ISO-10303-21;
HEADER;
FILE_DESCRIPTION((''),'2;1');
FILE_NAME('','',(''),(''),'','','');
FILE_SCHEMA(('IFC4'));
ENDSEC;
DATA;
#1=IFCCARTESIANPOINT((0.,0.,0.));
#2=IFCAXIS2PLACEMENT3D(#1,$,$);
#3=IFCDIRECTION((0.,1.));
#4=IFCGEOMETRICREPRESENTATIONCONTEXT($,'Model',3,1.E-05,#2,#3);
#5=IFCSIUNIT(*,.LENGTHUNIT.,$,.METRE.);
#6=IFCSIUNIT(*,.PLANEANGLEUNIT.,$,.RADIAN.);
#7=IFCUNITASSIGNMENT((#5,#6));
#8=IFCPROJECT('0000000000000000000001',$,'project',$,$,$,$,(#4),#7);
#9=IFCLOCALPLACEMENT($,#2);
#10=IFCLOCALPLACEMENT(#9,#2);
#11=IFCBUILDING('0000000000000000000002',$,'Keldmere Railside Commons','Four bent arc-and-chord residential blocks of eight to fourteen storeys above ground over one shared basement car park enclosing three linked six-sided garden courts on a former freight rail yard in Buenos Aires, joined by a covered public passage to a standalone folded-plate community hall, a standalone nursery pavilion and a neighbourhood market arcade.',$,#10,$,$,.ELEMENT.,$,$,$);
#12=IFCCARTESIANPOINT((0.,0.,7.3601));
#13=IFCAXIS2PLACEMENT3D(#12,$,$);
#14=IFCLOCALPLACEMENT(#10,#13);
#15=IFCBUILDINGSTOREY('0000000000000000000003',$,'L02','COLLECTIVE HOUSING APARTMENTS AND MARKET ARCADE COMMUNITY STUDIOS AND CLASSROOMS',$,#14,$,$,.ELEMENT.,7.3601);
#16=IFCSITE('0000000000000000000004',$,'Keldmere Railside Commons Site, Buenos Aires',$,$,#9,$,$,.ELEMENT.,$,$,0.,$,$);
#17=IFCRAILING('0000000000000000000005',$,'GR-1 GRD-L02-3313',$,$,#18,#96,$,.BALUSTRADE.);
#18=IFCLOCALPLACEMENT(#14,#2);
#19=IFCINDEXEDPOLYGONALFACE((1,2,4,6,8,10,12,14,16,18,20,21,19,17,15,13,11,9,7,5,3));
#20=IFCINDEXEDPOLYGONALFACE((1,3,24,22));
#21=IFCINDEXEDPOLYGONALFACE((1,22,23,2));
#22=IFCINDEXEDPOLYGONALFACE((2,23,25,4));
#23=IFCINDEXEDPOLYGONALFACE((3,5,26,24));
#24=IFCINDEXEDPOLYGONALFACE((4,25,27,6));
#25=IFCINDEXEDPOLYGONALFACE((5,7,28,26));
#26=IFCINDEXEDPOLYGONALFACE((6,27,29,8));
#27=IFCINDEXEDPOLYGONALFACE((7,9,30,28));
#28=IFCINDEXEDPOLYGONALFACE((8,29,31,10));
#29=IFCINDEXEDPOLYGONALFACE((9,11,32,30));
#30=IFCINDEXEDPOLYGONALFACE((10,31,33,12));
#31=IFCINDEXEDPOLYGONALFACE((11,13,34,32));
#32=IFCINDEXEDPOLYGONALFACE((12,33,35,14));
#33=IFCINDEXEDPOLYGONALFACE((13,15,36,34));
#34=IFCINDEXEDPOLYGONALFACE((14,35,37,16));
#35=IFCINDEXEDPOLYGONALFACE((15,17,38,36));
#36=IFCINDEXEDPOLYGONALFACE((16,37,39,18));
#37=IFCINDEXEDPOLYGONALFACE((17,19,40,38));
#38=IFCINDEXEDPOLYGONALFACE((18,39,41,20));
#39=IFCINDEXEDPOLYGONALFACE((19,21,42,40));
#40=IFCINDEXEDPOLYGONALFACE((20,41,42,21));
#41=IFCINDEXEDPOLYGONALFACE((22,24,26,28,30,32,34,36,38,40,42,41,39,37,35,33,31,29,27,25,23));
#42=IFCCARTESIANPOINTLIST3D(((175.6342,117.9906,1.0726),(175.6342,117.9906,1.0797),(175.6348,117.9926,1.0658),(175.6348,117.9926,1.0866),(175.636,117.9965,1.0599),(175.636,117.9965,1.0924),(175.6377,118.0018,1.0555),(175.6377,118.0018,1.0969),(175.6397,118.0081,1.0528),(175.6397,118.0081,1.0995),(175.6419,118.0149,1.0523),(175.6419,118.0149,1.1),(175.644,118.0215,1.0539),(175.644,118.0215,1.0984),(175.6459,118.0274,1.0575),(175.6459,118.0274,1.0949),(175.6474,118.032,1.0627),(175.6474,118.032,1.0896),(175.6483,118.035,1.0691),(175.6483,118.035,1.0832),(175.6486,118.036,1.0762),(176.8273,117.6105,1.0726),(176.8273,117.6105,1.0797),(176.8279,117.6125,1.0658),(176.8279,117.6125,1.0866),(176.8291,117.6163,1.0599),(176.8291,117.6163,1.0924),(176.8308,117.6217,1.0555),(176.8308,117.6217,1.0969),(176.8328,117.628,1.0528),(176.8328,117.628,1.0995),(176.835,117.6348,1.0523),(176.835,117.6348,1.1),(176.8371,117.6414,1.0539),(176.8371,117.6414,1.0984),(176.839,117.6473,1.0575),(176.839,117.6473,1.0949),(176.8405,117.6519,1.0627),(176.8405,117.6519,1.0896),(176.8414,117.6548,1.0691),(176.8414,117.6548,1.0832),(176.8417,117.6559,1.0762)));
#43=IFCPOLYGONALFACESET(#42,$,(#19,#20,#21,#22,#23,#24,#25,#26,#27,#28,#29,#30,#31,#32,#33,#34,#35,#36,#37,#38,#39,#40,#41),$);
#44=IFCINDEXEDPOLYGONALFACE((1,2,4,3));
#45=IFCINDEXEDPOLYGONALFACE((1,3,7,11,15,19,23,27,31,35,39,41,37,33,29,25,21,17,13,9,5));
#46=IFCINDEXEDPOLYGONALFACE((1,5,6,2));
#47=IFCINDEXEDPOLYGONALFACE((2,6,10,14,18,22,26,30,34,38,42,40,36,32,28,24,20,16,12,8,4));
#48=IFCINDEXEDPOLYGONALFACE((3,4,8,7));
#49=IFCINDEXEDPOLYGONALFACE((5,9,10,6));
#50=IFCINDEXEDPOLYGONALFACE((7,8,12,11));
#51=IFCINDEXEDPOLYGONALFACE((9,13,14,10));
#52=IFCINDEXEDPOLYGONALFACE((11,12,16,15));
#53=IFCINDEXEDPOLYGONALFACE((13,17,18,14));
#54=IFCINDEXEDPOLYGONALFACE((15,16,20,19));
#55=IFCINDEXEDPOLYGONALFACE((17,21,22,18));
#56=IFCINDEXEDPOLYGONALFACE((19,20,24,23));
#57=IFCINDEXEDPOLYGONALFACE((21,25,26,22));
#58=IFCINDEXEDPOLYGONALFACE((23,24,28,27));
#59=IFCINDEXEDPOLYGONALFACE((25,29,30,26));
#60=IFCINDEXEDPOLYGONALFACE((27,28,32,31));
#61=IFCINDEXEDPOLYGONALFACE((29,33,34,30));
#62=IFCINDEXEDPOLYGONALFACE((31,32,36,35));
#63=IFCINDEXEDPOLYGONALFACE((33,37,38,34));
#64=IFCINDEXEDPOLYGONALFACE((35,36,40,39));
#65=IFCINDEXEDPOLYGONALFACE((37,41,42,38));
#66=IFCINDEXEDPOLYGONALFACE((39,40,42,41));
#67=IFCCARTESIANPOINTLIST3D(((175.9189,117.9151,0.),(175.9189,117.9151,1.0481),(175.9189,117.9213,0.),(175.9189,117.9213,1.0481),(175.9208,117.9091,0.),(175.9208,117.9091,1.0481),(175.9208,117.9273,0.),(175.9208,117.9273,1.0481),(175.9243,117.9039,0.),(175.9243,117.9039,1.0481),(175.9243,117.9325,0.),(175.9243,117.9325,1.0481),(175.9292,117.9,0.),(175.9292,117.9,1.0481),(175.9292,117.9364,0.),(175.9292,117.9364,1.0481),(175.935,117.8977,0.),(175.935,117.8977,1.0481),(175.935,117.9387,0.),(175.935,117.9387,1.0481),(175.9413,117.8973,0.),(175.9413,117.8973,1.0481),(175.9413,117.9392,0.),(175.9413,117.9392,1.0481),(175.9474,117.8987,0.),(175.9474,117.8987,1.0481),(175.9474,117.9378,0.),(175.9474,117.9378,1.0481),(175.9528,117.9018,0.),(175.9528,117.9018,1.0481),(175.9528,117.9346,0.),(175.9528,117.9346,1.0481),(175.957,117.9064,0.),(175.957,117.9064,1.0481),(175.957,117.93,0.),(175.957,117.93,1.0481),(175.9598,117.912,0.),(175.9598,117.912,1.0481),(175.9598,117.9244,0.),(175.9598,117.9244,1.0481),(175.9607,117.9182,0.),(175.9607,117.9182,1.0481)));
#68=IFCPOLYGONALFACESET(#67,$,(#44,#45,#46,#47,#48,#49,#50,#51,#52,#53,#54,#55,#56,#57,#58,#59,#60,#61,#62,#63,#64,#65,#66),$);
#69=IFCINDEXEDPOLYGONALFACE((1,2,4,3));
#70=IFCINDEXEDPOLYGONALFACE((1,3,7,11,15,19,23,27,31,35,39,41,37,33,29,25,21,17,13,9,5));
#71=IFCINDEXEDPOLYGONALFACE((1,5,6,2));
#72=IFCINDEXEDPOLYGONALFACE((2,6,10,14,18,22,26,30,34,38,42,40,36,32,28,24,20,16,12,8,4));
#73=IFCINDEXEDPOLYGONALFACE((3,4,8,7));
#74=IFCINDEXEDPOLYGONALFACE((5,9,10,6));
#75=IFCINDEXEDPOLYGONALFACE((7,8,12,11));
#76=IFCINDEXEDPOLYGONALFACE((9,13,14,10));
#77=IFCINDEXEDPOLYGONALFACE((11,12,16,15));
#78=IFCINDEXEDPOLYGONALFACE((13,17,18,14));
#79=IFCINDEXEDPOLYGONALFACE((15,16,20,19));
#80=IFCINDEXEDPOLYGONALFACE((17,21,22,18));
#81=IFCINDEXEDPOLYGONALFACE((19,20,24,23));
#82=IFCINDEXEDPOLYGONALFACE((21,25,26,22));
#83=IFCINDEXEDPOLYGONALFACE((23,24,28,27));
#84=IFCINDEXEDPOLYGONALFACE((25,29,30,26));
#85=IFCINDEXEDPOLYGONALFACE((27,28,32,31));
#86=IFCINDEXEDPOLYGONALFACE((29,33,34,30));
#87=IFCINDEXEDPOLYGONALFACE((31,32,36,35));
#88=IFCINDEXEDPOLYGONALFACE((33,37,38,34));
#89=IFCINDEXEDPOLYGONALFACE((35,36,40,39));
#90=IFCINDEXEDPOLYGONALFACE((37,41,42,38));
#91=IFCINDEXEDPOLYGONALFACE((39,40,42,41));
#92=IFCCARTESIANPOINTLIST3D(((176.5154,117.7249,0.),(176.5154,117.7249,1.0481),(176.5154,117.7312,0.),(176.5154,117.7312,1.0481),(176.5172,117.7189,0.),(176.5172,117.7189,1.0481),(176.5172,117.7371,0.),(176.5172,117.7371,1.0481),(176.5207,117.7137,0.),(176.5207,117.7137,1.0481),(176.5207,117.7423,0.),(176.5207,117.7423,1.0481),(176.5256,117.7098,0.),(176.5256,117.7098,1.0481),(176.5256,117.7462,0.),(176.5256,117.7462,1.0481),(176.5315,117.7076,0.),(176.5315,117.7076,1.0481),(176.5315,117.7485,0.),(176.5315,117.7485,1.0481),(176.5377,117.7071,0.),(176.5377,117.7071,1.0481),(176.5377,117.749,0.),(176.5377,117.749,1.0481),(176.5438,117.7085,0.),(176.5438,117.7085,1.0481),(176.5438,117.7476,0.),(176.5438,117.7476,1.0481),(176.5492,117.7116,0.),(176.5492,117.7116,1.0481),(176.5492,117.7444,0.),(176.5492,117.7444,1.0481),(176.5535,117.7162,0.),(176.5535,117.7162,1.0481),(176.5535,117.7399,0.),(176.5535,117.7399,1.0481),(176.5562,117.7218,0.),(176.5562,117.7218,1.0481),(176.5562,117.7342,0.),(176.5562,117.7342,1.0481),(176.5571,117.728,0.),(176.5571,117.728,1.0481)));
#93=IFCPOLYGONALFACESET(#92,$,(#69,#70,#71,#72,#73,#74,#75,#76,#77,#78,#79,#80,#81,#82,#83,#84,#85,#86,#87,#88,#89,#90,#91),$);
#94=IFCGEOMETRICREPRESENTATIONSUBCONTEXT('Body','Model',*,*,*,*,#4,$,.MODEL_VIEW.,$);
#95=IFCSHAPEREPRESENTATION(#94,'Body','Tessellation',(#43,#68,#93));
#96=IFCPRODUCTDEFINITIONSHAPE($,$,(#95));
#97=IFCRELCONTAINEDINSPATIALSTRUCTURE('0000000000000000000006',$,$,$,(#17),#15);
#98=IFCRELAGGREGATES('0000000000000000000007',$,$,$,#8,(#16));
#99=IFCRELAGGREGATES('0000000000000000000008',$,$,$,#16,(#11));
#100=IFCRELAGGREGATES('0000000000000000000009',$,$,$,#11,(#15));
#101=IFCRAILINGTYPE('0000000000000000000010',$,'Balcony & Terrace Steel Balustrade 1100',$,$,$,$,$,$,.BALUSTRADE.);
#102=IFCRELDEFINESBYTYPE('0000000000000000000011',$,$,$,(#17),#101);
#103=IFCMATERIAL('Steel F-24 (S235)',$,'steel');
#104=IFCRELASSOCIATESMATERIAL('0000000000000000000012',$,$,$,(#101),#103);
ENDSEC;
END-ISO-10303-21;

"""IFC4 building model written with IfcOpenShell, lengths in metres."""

from ifc_helpers import new_model, si_unit, direction, frame, origin, origin_2d, place, context, subcontext, project, spatial, circle, extrude, material, type_object, element, save


model = new_model("IFC4")

# Units and contexts
model_context = context("Model", 3, precision=1e-05, world=origin(), true_north=direction((0.0, 1.0)))
body_context = subcontext(model_context, "Body", "Model", "MODEL_VIEW")
ifc_project = project(units=[si_unit("LENGTHUNIT", "METRE"), si_unit("PLANEANGLEUNIT", "RADIAN")], contexts=[model_context])

# Site, building, storey
site_placement = place(None, origin())
site = spatial("IfcSite", under=ifc_project, at=site_placement, Name="Keldmere Railside Commons Site, Buenos Aires", CompositionType="ELEMENT", RefElevation=0.0)
building_placement = place(site_placement, origin())
building = spatial("IfcBuilding", under=site, at=building_placement, Name="Keldmere Railside Commons", Description="Four bent arc-and-chord residential blocks of eight to fourteen storeys above ground over one shared basement car park enclosing three linked six-sided garden courts on a former freight rail yard in Buenos Aires, joined by a covered public passage to a standalone folded-plate community hall, a standalone nursery pavilion and a neighbourhood market arcade.", CompositionType="ELEMENT")
storey_placement = place(building_placement, frame((0.0, 0.0, 7.3601)))
storey = spatial("IfcBuildingStorey", under=building, at=storey_placement, Name="L02", Description="COLLECTIVE HOUSING APARTMENTS AND MARKET ARCADE COMMUNITY STUDIOS AND CLASSROOMS", CompositionType="ELEMENT", Elevation=7.3601)

# Railing
ifc_material_1 = material(Name="Steel F-24 (S235)", Category="steel")
railing_type = type_object("IfcRailingType", Name="Balcony & Terrace Steel Balustrade 1100", PredefinedType="BALUSTRADE", material=ifc_material_1)
railing_1_placement = place(storey_placement, frame((175.6414, 118.0132, 0.0)))
element("IfcRailing", 1, at=railing_1_placement, inside=storey, type_object=railing_type, Name="GR-1 GRD-L02-3313", PredefinedType="BALUSTRADE", context=body_context, shape_type="SweptSolid", body=[
    extrude(circle(Radius=0.0239, at=origin_2d()), frame((0.0, 0.0, 1.0762), z_axis=(0.95281, -0.303566, 0.0), x_axis=(0.303566, 0.95281, 0.0)), (0.0, 0.0, 1.0), 1.2522),
    extrude(circle(Radius=0.021, at=origin_2d()), frame((0.2983, -0.095, 0.0)), (0.0, 0.0, 1.0), 1.0481),
    extrude(circle(Radius=0.021, at=origin_2d()), frame((0.8948, -0.2852, 0.0)), (0.0, 0.0, 1.0), 1.0481),
])

save(model, "model.ifc")
